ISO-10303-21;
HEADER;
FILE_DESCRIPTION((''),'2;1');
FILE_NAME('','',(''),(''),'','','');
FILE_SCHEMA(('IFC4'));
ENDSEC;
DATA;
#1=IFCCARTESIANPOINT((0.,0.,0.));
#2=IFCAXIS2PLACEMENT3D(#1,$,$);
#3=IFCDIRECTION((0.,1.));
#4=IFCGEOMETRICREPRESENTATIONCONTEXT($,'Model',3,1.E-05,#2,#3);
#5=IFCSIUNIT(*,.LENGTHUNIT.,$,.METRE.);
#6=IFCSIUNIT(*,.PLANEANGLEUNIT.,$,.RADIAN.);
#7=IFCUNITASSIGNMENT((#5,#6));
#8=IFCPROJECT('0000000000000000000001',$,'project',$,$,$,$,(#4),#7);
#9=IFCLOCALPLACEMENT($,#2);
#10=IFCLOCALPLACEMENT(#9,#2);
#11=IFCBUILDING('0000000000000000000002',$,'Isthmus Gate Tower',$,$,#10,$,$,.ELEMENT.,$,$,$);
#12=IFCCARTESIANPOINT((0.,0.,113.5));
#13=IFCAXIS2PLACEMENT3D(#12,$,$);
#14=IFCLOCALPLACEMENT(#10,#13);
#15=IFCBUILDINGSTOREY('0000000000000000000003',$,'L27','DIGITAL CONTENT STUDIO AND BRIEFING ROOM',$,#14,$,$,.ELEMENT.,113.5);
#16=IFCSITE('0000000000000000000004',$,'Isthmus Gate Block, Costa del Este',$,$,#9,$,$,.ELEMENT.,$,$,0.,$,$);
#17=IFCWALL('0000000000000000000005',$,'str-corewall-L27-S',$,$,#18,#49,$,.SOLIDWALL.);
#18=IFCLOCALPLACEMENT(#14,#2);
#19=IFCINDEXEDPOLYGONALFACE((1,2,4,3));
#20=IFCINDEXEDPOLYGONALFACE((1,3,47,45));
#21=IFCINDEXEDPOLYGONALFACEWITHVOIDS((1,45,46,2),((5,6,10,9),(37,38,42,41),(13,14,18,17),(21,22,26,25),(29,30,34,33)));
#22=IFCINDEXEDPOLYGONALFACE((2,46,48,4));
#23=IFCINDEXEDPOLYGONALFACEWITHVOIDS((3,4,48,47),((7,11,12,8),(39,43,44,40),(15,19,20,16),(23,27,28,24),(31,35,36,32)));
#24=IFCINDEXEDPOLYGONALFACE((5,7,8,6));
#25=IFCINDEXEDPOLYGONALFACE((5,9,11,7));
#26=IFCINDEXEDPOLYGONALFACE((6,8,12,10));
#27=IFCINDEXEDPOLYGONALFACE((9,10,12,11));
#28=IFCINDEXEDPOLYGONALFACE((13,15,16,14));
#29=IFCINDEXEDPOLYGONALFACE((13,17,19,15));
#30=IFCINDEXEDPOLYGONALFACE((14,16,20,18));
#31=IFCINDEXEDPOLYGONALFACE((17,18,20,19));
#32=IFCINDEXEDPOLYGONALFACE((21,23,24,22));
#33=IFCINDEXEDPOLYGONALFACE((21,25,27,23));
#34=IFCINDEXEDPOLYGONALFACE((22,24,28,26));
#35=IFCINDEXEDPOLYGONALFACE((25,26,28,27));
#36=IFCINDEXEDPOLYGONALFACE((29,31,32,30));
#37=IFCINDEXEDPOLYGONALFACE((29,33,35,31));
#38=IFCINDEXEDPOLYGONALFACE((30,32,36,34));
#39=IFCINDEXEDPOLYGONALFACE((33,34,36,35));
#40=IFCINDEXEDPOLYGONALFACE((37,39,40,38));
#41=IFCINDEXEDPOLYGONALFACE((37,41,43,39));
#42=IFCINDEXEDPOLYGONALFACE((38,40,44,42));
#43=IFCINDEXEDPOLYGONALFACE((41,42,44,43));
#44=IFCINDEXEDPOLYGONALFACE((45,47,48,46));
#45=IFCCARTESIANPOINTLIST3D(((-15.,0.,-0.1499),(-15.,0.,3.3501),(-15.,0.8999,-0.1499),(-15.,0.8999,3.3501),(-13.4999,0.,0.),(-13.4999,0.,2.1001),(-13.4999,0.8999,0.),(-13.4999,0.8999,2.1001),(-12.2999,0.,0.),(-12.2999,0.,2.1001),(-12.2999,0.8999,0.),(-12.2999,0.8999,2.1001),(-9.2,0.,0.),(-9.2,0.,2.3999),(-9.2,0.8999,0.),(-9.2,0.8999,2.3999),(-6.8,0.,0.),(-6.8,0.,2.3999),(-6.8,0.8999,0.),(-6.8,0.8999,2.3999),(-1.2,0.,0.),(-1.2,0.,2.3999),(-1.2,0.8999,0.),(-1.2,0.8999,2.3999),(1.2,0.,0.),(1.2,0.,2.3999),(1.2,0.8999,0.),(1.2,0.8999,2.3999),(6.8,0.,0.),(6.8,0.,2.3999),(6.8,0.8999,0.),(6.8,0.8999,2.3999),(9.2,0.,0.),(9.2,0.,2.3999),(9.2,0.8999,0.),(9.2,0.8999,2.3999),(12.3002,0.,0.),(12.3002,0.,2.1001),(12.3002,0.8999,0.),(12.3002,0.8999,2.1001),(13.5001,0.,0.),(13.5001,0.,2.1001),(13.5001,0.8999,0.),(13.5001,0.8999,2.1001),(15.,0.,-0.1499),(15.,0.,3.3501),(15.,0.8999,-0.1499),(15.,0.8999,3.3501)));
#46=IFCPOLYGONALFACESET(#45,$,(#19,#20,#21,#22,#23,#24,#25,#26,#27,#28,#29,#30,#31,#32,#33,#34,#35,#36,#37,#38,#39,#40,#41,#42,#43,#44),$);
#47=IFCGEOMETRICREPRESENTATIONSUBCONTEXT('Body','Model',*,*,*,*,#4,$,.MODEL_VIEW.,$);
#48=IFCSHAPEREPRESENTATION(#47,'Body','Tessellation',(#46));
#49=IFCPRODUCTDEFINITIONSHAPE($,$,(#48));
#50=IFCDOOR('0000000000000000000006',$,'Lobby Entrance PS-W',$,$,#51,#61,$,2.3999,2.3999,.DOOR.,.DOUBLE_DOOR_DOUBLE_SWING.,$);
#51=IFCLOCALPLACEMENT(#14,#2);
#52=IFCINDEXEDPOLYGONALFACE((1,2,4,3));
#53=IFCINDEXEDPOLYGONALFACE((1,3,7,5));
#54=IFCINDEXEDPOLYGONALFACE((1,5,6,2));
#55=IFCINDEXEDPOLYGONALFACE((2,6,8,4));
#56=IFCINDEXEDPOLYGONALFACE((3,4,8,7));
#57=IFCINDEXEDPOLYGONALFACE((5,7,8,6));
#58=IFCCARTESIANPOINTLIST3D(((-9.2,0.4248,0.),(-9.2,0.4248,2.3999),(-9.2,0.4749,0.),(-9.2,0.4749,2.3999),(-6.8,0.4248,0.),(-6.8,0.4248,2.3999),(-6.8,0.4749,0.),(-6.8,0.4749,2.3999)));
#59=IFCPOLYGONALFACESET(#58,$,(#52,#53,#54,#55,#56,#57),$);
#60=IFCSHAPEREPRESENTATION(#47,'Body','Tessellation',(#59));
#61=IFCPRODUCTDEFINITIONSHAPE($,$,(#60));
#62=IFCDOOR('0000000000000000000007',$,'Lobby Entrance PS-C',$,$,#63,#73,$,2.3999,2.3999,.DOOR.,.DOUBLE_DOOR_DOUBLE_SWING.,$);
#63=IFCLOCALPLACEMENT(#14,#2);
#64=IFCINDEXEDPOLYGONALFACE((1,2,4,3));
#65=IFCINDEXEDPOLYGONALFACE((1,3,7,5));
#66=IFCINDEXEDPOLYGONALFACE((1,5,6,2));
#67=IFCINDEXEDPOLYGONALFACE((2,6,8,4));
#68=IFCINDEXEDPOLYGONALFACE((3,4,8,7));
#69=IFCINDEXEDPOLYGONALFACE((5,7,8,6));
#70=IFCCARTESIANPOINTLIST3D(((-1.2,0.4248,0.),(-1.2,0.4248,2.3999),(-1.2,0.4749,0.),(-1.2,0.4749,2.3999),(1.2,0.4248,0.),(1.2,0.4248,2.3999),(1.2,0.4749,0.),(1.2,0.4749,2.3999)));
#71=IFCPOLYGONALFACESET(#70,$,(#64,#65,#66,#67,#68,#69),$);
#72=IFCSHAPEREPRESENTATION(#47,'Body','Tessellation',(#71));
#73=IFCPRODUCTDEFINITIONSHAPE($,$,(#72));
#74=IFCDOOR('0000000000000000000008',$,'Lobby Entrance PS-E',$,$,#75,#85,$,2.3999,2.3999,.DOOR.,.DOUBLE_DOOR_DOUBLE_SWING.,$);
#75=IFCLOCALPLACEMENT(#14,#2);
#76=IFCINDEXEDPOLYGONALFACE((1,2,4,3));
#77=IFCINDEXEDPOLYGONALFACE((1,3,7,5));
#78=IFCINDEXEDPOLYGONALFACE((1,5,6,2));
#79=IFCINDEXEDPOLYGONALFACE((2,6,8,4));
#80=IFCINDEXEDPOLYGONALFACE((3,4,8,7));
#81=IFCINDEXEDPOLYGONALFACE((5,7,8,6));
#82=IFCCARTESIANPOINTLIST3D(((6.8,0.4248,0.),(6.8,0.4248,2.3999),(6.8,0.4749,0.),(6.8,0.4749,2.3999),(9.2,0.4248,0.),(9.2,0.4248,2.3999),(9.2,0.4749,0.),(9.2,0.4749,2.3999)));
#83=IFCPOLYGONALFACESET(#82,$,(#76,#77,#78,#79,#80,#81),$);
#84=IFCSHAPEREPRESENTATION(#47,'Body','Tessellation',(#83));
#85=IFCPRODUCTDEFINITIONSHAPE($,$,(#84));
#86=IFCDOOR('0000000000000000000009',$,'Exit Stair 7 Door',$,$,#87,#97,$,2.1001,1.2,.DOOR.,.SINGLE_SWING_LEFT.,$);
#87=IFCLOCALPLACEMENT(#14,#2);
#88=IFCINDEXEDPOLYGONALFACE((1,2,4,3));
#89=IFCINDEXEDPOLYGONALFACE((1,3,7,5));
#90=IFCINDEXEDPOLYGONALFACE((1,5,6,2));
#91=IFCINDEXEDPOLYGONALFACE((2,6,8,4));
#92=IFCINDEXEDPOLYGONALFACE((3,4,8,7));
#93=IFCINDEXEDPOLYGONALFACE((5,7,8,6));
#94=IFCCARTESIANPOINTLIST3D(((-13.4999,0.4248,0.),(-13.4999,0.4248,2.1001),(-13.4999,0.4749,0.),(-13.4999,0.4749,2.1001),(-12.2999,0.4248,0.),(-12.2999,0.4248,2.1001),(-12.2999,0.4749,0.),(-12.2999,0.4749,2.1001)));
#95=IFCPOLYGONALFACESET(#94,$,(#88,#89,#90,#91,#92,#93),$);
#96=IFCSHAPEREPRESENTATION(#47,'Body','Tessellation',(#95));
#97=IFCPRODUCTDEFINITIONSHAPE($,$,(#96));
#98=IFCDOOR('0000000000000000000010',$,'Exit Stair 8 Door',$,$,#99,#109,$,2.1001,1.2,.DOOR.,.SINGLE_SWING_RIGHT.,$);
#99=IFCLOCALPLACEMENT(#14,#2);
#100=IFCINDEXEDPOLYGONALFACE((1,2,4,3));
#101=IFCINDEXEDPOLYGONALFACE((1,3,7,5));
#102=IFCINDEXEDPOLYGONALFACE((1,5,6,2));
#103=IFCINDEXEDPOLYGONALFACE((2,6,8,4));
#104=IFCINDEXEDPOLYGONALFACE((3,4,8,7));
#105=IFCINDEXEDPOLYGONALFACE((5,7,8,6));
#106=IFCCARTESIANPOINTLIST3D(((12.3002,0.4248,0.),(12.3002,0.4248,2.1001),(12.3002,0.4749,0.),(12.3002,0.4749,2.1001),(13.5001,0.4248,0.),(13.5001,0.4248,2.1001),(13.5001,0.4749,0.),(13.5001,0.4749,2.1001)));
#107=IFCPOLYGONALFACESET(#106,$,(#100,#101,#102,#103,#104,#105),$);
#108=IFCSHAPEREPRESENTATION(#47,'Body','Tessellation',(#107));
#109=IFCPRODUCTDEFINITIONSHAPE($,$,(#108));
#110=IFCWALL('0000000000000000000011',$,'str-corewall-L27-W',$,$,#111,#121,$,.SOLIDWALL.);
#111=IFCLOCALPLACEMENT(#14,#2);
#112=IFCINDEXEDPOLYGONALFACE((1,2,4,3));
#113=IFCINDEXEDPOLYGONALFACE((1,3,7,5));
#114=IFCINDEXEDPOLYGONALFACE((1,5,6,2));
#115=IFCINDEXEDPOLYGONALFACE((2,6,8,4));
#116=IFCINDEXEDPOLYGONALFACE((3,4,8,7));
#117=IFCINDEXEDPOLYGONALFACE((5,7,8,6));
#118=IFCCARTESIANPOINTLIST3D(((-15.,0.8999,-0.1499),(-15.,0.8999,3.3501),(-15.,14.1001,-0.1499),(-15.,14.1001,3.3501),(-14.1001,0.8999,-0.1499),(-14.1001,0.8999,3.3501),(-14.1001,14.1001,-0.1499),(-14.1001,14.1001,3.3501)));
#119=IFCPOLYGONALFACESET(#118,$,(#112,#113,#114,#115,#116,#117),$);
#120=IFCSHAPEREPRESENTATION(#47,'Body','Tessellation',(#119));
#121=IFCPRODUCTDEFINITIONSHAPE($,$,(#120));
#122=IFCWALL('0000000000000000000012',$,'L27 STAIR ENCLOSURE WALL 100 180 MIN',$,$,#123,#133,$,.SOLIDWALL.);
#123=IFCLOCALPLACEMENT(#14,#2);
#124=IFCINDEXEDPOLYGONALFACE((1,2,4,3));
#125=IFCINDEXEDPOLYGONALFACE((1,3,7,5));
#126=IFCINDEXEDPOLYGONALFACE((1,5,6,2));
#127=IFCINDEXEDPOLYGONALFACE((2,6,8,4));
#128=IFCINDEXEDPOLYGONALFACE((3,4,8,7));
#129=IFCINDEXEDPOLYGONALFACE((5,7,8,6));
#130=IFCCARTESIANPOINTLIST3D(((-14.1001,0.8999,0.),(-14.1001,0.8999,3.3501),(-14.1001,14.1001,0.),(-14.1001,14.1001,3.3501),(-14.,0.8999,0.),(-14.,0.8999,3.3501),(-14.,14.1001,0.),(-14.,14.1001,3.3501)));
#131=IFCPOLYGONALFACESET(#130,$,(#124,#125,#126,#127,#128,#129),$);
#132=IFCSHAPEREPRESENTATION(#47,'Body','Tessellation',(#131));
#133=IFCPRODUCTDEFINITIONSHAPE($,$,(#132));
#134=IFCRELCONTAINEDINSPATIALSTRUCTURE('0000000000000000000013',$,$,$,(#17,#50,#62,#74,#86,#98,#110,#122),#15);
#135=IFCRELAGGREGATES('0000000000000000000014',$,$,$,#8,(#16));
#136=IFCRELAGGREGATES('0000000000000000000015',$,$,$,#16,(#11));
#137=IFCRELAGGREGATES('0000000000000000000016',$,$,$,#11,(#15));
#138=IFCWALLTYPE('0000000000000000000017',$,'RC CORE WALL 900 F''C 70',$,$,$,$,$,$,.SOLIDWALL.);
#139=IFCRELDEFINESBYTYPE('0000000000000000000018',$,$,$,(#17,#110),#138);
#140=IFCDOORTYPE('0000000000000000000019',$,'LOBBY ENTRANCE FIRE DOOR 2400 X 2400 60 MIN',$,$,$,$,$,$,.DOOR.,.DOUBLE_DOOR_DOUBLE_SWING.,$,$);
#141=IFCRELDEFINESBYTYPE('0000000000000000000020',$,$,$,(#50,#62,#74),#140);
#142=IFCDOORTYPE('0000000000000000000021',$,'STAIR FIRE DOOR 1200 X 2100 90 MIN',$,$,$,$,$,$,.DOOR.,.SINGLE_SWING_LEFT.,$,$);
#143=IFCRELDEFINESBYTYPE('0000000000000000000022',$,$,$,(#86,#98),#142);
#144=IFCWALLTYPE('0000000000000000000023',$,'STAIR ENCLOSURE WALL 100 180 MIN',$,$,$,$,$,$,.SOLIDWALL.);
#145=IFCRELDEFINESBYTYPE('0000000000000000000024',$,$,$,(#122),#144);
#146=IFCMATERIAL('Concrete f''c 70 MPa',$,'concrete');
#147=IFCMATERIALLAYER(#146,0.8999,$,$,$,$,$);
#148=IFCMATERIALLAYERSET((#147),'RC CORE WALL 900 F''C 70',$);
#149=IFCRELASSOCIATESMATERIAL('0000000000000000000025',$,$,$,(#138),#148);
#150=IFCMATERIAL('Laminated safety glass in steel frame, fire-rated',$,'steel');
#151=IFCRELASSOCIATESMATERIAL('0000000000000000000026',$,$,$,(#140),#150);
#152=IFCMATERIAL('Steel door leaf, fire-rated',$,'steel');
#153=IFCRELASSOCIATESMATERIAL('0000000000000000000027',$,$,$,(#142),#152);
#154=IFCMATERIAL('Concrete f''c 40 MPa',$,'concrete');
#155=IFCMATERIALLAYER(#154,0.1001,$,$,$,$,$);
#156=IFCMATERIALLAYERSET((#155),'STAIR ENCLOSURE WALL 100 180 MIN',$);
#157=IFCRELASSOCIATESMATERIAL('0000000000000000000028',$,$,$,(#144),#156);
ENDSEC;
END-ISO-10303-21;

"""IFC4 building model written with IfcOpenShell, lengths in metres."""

from ifc_helpers import new_model, si_unit, direction, frame, frame_2d, origin, place, context, subcontext, project, spatial, rectangle, extrude, material, layer, layer_set, type_object, element, fill, save


model = new_model("IFC4")

# Units and contexts
model_context = context("Model", 3, precision=1e-05, world=origin(), true_north=direction((0.0, 1.0)))
body_context = subcontext(model_context, "Body", "Model", "MODEL_VIEW")
ifc_project = project(units=[si_unit("LENGTHUNIT", "METRE"), si_unit("PLANEANGLEUNIT", "RADIAN")], contexts=[model_context])

# Site, building, storey
site_placement = place(None, origin())
site = spatial("IfcSite", under=ifc_project, at=site_placement, Name="Isthmus Gate Block, Costa del Este", CompositionType="ELEMENT", RefElevation=0.0)
building_placement = place(site_placement, origin())
building = spatial("IfcBuilding", under=site, at=building_placement, Name="Isthmus Gate Tower", CompositionType="ELEMENT")
storey_placement = place(building_placement, frame((0.0, 0.0, 113.5)))
storey = spatial("IfcBuildingStorey", under=building, at=storey_placement, Name="L27", Description="DIGITAL CONTENT STUDIO AND BRIEFING ROOM", CompositionType="ELEMENT", Elevation=113.5)

# Wall, openings, doors
ifc_material_1 = material(Name="Concrete f'c 70 MPa", Category="concrete")
ifc_layer_1 = layer(ifc_material_1, 0.8999)
ifc_layer_set_1 = layer_set([ifc_layer_1], Name="RC CORE WALL 900 F'C 70")
wall_type_1 = type_object("IfcWallType", Name="RC CORE WALL 900 F'C 70", PredefinedType="SOLIDWALL", material=ifc_layer_set_1)
wall_1_placement = place(storey_placement, frame((-15.0, 0.45, -0.1499), z_axis=(0.0, 0.0, 1.0), x_axis=(1.0, 0.0, 0.0)))
wall_1 = element("IfcWall", 1, at=wall_1_placement, inside=storey, type_object=wall_type_1, Name="str-corewall-L27-S", PredefinedType="SOLIDWALL", context=body_context, shape_type="SweptSolid", body=[
    extrude(rectangle(XDim=30.0, YDim=0.8999, at=frame_2d((15.0, 0.0))), origin(), (0.0, 0.0, 1.0), 3.5),
])
opening_1_placement = place(wall_1_placement, frame((5.8, 0.0, 0.1499)))
opening_1 = element("IfcOpeningElement", 2, at=opening_1_placement, cuts=wall_1, PredefinedType="OPENING", context=body_context, shape_type="SweptSolid", body=[
    extrude(rectangle(XDim=2.3999, YDim=2.3999, at=frame_2d((1.2, 1.2))), frame((0.0, 0.46, 0.0), z_axis=(0.0, -1.0, 0.0), x_axis=(1.0, 0.0, 0.0)), (0.0, 0.0, 1.0), 0.9199),
])
opening_2_placement = place(wall_1_placement, frame((13.8, 0.0, 0.1499)))
opening_2 = element("IfcOpeningElement", 3, at=opening_2_placement, cuts=wall_1, PredefinedType="OPENING", context=body_context, shape_type="SweptSolid", body=[
    extrude(rectangle(XDim=2.3999, YDim=2.3999, at=frame_2d((1.2, 1.2))), frame((0.0, 0.46, 0.0), z_axis=(0.0, -1.0, 0.0), x_axis=(1.0, 0.0, 0.0)), (0.0, 0.0, 1.0), 0.9199),
])
opening_3_placement = place(wall_1_placement, frame((21.8, 0.0, 0.1499)))
opening_3 = element("IfcOpeningElement", 4, at=opening_3_placement, cuts=wall_1, PredefinedType="OPENING", context=body_context, shape_type="SweptSolid", body=[
    extrude(rectangle(XDim=2.3999, YDim=2.3999, at=frame_2d((1.2, 1.2))), frame((0.0, 0.46, 0.0), z_axis=(0.0, -1.0, 0.0), x_axis=(1.0, 0.0, 0.0)), (0.0, 0.0, 1.0), 0.9199),
])
opening_4_placement = place(wall_1_placement, frame((1.5, 0.0, 0.1499)))
opening_4 = element("IfcOpeningElement", 5, at=opening_4_placement, cuts=wall_1, PredefinedType="OPENING", context=body_context, shape_type="SweptSolid", body=[
    extrude(rectangle(XDim=1.2, YDim=2.1001, at=frame_2d((0.6001, 1.05))), frame((0.0, 0.46, 0.0), z_axis=(0.0, -1.0, 0.0), x_axis=(1.0, 0.0, 0.0)), (0.0, 0.0, 1.0), 0.9199),
])
opening_5_placement = place(wall_1_placement, frame((27.3, 0.0, 0.1499)))
opening_5 = element("IfcOpeningElement", 6, at=opening_5_placement, cuts=wall_1, PredefinedType="OPENING", context=body_context, shape_type="SweptSolid", body=[
    extrude(rectangle(XDim=1.2, YDim=2.1001, at=frame_2d((0.6001, 1.05))), frame((0.0, 0.46, 0.0), z_axis=(0.0, -1.0, 0.0), x_axis=(1.0, 0.0, 0.0)), (0.0, 0.0, 1.0), 0.9199),
])
ifc_material_2 = material(Name="Laminated safety glass in steel frame, fire-rated", Category="steel")
door_type_1 = type_object("IfcDoorType", Name="LOBBY ENTRANCE FIRE DOOR 2400 X 2400 60 MIN", OperationType="DOUBLE_DOOR_DOUBLE_SWING", PredefinedType="DOOR", material=ifc_material_2)
door_1_placement = place(opening_1_placement, origin())
door_1 = element("IfcDoor", 7, at=door_1_placement, inside=storey, type_object=door_type_1, Name="Lobby Entrance PS-W", OperationType="DOUBLE_DOOR_DOUBLE_SWING", OverallHeight=2.3999, OverallWidth=2.3999, PredefinedType="DOOR", context=body_context, shape_type="SweptSolid", body=[
    extrude(rectangle(XDim=2.3999, YDim=2.3999, at=frame_2d((1.2, 1.2))), frame((0.0, 0.0249, 0.0), z_axis=(0.0, -1.0, 0.0), x_axis=(1.0, 0.0, 0.0)), (0.0, 0.0, 1.0), 0.05),
])
fill(opening_1, door_1)
door_2_placement = place(opening_2_placement, origin())
door_2 = element("IfcDoor", 8, at=door_2_placement, inside=storey, type_object=door_type_1, Name="Lobby Entrance PS-C", OperationType="DOUBLE_DOOR_DOUBLE_SWING", OverallHeight=2.3999, OverallWidth=2.3999, PredefinedType="DOOR", context=body_context, shape_type="SweptSolid", body=[
    extrude(rectangle(XDim=2.3999, YDim=2.3999, at=frame_2d((1.2, 1.2))), frame((0.0, 0.0249, 0.0), z_axis=(0.0, -1.0, 0.0), x_axis=(1.0, 0.0, 0.0)), (0.0, 0.0, 1.0), 0.05),
])
fill(opening_2, door_2)
door_3_placement = place(opening_3_placement, origin())
door_3 = element("IfcDoor", 9, at=door_3_placement, inside=storey, type_object=door_type_1, Name="Lobby Entrance PS-E", OperationType="DOUBLE_DOOR_DOUBLE_SWING", OverallHeight=2.3999, OverallWidth=2.3999, PredefinedType="DOOR", context=body_context, shape_type="SweptSolid", body=[
    extrude(rectangle(XDim=2.3999, YDim=2.3999, at=frame_2d((1.2, 1.2))), frame((0.0, 0.0249, 0.0), z_axis=(0.0, -1.0, 0.0), x_axis=(1.0, 0.0, 0.0)), (0.0, 0.0, 1.0), 0.05),
])
fill(opening_3, door_3)
ifc_material_3 = material(Name="Steel door leaf, fire-rated", Category="steel")
door_type_2 = type_object("IfcDoorType", Name="STAIR FIRE DOOR 1200 X 2100 90 MIN", OperationType="SINGLE_SWING_LEFT", PredefinedType="DOOR", material=ifc_material_3)
door_4_placement = place(opening_4_placement, origin())
door_4 = element("IfcDoor", 10, at=door_4_placement, inside=storey, type_object=door_type_2, Name="Exit Stair 7 Door", OperationType="SINGLE_SWING_LEFT", OverallHeight=2.1001, OverallWidth=1.2, PredefinedType="DOOR", context=body_context, shape_type="SweptSolid", body=[
    extrude(rectangle(XDim=1.2, YDim=2.1001, at=frame_2d((0.6001, 1.05))), frame((0.0, 0.0249, 0.0), z_axis=(0.0, -1.0, 0.0), x_axis=(1.0, 0.0, 0.0)), (0.0, 0.0, 1.0), 0.05),
])
fill(opening_4, door_4)
door_5_placement = place(opening_5_placement, origin())
door_5 = element("IfcDoor", 11, at=door_5_placement, inside=storey, type_object=door_type_2, Name="Exit Stair 8 Door", OperationType="SINGLE_SWING_RIGHT", OverallHeight=2.1001, OverallWidth=1.2, PredefinedType="DOOR", context=body_context, shape_type="SweptSolid", body=[
    extrude(rectangle(XDim=1.2, YDim=2.1001, at=frame_2d((0.6001, 1.05))), frame((0.0, 0.0249, 0.0), z_axis=(0.0, -1.0, 0.0), x_axis=(1.0, 0.0, 0.0)), (0.0, 0.0, 1.0), 0.05),
])
fill(opening_5, door_5)

# Walls
wall_2_placement = place(storey_placement, frame((-14.55, 0.8999, -0.1499), z_axis=(0.0, 0.0, 1.0), x_axis=(0.0, 1.0, 0.0)))
element("IfcWall", 12, at=wall_2_placement, inside=storey, type_object=wall_type_1, Name="str-corewall-L27-W", PredefinedType="SOLIDWALL", context=body_context, shape_type="SweptSolid", body=[
    extrude(rectangle(XDim=13.2002, YDim=0.8999, at=frame_2d((6.6001, 0.0))), origin(), (0.0, 0.0, 1.0), 3.5),
])
ifc_material_4 = material(Name="Concrete f'c 40 MPa", Category="concrete")
ifc_layer_2 = layer(ifc_material_4, 0.1001)
ifc_layer_set_2 = layer_set([ifc_layer_2], Name="STAIR ENCLOSURE WALL 100 180 MIN")
wall_type_2 = type_object("IfcWallType", Name="STAIR ENCLOSURE WALL 100 180 MIN", PredefinedType="SOLIDWALL", material=ifc_layer_set_2)
wall_3_placement = place(storey_placement, frame((-14.05, 0.8999, 0.0), z_axis=(0.0, 0.0, 1.0), x_axis=(0.0, 1.0, 0.0)))
element("IfcWall", 13, at=wall_3_placement, inside=storey, type_object=wall_type_2, Name="L27 STAIR ENCLOSURE WALL 100 180 MIN", PredefinedType="SOLIDWALL", context=body_context, shape_type="SweptSolid", body=[
    extrude(rectangle(XDim=13.2002, YDim=0.1001, at=frame_2d((6.6001, 0.0))), origin(), (0.0, 0.0, 1.0), 3.3501),
])

save(model, "model.ifc")
